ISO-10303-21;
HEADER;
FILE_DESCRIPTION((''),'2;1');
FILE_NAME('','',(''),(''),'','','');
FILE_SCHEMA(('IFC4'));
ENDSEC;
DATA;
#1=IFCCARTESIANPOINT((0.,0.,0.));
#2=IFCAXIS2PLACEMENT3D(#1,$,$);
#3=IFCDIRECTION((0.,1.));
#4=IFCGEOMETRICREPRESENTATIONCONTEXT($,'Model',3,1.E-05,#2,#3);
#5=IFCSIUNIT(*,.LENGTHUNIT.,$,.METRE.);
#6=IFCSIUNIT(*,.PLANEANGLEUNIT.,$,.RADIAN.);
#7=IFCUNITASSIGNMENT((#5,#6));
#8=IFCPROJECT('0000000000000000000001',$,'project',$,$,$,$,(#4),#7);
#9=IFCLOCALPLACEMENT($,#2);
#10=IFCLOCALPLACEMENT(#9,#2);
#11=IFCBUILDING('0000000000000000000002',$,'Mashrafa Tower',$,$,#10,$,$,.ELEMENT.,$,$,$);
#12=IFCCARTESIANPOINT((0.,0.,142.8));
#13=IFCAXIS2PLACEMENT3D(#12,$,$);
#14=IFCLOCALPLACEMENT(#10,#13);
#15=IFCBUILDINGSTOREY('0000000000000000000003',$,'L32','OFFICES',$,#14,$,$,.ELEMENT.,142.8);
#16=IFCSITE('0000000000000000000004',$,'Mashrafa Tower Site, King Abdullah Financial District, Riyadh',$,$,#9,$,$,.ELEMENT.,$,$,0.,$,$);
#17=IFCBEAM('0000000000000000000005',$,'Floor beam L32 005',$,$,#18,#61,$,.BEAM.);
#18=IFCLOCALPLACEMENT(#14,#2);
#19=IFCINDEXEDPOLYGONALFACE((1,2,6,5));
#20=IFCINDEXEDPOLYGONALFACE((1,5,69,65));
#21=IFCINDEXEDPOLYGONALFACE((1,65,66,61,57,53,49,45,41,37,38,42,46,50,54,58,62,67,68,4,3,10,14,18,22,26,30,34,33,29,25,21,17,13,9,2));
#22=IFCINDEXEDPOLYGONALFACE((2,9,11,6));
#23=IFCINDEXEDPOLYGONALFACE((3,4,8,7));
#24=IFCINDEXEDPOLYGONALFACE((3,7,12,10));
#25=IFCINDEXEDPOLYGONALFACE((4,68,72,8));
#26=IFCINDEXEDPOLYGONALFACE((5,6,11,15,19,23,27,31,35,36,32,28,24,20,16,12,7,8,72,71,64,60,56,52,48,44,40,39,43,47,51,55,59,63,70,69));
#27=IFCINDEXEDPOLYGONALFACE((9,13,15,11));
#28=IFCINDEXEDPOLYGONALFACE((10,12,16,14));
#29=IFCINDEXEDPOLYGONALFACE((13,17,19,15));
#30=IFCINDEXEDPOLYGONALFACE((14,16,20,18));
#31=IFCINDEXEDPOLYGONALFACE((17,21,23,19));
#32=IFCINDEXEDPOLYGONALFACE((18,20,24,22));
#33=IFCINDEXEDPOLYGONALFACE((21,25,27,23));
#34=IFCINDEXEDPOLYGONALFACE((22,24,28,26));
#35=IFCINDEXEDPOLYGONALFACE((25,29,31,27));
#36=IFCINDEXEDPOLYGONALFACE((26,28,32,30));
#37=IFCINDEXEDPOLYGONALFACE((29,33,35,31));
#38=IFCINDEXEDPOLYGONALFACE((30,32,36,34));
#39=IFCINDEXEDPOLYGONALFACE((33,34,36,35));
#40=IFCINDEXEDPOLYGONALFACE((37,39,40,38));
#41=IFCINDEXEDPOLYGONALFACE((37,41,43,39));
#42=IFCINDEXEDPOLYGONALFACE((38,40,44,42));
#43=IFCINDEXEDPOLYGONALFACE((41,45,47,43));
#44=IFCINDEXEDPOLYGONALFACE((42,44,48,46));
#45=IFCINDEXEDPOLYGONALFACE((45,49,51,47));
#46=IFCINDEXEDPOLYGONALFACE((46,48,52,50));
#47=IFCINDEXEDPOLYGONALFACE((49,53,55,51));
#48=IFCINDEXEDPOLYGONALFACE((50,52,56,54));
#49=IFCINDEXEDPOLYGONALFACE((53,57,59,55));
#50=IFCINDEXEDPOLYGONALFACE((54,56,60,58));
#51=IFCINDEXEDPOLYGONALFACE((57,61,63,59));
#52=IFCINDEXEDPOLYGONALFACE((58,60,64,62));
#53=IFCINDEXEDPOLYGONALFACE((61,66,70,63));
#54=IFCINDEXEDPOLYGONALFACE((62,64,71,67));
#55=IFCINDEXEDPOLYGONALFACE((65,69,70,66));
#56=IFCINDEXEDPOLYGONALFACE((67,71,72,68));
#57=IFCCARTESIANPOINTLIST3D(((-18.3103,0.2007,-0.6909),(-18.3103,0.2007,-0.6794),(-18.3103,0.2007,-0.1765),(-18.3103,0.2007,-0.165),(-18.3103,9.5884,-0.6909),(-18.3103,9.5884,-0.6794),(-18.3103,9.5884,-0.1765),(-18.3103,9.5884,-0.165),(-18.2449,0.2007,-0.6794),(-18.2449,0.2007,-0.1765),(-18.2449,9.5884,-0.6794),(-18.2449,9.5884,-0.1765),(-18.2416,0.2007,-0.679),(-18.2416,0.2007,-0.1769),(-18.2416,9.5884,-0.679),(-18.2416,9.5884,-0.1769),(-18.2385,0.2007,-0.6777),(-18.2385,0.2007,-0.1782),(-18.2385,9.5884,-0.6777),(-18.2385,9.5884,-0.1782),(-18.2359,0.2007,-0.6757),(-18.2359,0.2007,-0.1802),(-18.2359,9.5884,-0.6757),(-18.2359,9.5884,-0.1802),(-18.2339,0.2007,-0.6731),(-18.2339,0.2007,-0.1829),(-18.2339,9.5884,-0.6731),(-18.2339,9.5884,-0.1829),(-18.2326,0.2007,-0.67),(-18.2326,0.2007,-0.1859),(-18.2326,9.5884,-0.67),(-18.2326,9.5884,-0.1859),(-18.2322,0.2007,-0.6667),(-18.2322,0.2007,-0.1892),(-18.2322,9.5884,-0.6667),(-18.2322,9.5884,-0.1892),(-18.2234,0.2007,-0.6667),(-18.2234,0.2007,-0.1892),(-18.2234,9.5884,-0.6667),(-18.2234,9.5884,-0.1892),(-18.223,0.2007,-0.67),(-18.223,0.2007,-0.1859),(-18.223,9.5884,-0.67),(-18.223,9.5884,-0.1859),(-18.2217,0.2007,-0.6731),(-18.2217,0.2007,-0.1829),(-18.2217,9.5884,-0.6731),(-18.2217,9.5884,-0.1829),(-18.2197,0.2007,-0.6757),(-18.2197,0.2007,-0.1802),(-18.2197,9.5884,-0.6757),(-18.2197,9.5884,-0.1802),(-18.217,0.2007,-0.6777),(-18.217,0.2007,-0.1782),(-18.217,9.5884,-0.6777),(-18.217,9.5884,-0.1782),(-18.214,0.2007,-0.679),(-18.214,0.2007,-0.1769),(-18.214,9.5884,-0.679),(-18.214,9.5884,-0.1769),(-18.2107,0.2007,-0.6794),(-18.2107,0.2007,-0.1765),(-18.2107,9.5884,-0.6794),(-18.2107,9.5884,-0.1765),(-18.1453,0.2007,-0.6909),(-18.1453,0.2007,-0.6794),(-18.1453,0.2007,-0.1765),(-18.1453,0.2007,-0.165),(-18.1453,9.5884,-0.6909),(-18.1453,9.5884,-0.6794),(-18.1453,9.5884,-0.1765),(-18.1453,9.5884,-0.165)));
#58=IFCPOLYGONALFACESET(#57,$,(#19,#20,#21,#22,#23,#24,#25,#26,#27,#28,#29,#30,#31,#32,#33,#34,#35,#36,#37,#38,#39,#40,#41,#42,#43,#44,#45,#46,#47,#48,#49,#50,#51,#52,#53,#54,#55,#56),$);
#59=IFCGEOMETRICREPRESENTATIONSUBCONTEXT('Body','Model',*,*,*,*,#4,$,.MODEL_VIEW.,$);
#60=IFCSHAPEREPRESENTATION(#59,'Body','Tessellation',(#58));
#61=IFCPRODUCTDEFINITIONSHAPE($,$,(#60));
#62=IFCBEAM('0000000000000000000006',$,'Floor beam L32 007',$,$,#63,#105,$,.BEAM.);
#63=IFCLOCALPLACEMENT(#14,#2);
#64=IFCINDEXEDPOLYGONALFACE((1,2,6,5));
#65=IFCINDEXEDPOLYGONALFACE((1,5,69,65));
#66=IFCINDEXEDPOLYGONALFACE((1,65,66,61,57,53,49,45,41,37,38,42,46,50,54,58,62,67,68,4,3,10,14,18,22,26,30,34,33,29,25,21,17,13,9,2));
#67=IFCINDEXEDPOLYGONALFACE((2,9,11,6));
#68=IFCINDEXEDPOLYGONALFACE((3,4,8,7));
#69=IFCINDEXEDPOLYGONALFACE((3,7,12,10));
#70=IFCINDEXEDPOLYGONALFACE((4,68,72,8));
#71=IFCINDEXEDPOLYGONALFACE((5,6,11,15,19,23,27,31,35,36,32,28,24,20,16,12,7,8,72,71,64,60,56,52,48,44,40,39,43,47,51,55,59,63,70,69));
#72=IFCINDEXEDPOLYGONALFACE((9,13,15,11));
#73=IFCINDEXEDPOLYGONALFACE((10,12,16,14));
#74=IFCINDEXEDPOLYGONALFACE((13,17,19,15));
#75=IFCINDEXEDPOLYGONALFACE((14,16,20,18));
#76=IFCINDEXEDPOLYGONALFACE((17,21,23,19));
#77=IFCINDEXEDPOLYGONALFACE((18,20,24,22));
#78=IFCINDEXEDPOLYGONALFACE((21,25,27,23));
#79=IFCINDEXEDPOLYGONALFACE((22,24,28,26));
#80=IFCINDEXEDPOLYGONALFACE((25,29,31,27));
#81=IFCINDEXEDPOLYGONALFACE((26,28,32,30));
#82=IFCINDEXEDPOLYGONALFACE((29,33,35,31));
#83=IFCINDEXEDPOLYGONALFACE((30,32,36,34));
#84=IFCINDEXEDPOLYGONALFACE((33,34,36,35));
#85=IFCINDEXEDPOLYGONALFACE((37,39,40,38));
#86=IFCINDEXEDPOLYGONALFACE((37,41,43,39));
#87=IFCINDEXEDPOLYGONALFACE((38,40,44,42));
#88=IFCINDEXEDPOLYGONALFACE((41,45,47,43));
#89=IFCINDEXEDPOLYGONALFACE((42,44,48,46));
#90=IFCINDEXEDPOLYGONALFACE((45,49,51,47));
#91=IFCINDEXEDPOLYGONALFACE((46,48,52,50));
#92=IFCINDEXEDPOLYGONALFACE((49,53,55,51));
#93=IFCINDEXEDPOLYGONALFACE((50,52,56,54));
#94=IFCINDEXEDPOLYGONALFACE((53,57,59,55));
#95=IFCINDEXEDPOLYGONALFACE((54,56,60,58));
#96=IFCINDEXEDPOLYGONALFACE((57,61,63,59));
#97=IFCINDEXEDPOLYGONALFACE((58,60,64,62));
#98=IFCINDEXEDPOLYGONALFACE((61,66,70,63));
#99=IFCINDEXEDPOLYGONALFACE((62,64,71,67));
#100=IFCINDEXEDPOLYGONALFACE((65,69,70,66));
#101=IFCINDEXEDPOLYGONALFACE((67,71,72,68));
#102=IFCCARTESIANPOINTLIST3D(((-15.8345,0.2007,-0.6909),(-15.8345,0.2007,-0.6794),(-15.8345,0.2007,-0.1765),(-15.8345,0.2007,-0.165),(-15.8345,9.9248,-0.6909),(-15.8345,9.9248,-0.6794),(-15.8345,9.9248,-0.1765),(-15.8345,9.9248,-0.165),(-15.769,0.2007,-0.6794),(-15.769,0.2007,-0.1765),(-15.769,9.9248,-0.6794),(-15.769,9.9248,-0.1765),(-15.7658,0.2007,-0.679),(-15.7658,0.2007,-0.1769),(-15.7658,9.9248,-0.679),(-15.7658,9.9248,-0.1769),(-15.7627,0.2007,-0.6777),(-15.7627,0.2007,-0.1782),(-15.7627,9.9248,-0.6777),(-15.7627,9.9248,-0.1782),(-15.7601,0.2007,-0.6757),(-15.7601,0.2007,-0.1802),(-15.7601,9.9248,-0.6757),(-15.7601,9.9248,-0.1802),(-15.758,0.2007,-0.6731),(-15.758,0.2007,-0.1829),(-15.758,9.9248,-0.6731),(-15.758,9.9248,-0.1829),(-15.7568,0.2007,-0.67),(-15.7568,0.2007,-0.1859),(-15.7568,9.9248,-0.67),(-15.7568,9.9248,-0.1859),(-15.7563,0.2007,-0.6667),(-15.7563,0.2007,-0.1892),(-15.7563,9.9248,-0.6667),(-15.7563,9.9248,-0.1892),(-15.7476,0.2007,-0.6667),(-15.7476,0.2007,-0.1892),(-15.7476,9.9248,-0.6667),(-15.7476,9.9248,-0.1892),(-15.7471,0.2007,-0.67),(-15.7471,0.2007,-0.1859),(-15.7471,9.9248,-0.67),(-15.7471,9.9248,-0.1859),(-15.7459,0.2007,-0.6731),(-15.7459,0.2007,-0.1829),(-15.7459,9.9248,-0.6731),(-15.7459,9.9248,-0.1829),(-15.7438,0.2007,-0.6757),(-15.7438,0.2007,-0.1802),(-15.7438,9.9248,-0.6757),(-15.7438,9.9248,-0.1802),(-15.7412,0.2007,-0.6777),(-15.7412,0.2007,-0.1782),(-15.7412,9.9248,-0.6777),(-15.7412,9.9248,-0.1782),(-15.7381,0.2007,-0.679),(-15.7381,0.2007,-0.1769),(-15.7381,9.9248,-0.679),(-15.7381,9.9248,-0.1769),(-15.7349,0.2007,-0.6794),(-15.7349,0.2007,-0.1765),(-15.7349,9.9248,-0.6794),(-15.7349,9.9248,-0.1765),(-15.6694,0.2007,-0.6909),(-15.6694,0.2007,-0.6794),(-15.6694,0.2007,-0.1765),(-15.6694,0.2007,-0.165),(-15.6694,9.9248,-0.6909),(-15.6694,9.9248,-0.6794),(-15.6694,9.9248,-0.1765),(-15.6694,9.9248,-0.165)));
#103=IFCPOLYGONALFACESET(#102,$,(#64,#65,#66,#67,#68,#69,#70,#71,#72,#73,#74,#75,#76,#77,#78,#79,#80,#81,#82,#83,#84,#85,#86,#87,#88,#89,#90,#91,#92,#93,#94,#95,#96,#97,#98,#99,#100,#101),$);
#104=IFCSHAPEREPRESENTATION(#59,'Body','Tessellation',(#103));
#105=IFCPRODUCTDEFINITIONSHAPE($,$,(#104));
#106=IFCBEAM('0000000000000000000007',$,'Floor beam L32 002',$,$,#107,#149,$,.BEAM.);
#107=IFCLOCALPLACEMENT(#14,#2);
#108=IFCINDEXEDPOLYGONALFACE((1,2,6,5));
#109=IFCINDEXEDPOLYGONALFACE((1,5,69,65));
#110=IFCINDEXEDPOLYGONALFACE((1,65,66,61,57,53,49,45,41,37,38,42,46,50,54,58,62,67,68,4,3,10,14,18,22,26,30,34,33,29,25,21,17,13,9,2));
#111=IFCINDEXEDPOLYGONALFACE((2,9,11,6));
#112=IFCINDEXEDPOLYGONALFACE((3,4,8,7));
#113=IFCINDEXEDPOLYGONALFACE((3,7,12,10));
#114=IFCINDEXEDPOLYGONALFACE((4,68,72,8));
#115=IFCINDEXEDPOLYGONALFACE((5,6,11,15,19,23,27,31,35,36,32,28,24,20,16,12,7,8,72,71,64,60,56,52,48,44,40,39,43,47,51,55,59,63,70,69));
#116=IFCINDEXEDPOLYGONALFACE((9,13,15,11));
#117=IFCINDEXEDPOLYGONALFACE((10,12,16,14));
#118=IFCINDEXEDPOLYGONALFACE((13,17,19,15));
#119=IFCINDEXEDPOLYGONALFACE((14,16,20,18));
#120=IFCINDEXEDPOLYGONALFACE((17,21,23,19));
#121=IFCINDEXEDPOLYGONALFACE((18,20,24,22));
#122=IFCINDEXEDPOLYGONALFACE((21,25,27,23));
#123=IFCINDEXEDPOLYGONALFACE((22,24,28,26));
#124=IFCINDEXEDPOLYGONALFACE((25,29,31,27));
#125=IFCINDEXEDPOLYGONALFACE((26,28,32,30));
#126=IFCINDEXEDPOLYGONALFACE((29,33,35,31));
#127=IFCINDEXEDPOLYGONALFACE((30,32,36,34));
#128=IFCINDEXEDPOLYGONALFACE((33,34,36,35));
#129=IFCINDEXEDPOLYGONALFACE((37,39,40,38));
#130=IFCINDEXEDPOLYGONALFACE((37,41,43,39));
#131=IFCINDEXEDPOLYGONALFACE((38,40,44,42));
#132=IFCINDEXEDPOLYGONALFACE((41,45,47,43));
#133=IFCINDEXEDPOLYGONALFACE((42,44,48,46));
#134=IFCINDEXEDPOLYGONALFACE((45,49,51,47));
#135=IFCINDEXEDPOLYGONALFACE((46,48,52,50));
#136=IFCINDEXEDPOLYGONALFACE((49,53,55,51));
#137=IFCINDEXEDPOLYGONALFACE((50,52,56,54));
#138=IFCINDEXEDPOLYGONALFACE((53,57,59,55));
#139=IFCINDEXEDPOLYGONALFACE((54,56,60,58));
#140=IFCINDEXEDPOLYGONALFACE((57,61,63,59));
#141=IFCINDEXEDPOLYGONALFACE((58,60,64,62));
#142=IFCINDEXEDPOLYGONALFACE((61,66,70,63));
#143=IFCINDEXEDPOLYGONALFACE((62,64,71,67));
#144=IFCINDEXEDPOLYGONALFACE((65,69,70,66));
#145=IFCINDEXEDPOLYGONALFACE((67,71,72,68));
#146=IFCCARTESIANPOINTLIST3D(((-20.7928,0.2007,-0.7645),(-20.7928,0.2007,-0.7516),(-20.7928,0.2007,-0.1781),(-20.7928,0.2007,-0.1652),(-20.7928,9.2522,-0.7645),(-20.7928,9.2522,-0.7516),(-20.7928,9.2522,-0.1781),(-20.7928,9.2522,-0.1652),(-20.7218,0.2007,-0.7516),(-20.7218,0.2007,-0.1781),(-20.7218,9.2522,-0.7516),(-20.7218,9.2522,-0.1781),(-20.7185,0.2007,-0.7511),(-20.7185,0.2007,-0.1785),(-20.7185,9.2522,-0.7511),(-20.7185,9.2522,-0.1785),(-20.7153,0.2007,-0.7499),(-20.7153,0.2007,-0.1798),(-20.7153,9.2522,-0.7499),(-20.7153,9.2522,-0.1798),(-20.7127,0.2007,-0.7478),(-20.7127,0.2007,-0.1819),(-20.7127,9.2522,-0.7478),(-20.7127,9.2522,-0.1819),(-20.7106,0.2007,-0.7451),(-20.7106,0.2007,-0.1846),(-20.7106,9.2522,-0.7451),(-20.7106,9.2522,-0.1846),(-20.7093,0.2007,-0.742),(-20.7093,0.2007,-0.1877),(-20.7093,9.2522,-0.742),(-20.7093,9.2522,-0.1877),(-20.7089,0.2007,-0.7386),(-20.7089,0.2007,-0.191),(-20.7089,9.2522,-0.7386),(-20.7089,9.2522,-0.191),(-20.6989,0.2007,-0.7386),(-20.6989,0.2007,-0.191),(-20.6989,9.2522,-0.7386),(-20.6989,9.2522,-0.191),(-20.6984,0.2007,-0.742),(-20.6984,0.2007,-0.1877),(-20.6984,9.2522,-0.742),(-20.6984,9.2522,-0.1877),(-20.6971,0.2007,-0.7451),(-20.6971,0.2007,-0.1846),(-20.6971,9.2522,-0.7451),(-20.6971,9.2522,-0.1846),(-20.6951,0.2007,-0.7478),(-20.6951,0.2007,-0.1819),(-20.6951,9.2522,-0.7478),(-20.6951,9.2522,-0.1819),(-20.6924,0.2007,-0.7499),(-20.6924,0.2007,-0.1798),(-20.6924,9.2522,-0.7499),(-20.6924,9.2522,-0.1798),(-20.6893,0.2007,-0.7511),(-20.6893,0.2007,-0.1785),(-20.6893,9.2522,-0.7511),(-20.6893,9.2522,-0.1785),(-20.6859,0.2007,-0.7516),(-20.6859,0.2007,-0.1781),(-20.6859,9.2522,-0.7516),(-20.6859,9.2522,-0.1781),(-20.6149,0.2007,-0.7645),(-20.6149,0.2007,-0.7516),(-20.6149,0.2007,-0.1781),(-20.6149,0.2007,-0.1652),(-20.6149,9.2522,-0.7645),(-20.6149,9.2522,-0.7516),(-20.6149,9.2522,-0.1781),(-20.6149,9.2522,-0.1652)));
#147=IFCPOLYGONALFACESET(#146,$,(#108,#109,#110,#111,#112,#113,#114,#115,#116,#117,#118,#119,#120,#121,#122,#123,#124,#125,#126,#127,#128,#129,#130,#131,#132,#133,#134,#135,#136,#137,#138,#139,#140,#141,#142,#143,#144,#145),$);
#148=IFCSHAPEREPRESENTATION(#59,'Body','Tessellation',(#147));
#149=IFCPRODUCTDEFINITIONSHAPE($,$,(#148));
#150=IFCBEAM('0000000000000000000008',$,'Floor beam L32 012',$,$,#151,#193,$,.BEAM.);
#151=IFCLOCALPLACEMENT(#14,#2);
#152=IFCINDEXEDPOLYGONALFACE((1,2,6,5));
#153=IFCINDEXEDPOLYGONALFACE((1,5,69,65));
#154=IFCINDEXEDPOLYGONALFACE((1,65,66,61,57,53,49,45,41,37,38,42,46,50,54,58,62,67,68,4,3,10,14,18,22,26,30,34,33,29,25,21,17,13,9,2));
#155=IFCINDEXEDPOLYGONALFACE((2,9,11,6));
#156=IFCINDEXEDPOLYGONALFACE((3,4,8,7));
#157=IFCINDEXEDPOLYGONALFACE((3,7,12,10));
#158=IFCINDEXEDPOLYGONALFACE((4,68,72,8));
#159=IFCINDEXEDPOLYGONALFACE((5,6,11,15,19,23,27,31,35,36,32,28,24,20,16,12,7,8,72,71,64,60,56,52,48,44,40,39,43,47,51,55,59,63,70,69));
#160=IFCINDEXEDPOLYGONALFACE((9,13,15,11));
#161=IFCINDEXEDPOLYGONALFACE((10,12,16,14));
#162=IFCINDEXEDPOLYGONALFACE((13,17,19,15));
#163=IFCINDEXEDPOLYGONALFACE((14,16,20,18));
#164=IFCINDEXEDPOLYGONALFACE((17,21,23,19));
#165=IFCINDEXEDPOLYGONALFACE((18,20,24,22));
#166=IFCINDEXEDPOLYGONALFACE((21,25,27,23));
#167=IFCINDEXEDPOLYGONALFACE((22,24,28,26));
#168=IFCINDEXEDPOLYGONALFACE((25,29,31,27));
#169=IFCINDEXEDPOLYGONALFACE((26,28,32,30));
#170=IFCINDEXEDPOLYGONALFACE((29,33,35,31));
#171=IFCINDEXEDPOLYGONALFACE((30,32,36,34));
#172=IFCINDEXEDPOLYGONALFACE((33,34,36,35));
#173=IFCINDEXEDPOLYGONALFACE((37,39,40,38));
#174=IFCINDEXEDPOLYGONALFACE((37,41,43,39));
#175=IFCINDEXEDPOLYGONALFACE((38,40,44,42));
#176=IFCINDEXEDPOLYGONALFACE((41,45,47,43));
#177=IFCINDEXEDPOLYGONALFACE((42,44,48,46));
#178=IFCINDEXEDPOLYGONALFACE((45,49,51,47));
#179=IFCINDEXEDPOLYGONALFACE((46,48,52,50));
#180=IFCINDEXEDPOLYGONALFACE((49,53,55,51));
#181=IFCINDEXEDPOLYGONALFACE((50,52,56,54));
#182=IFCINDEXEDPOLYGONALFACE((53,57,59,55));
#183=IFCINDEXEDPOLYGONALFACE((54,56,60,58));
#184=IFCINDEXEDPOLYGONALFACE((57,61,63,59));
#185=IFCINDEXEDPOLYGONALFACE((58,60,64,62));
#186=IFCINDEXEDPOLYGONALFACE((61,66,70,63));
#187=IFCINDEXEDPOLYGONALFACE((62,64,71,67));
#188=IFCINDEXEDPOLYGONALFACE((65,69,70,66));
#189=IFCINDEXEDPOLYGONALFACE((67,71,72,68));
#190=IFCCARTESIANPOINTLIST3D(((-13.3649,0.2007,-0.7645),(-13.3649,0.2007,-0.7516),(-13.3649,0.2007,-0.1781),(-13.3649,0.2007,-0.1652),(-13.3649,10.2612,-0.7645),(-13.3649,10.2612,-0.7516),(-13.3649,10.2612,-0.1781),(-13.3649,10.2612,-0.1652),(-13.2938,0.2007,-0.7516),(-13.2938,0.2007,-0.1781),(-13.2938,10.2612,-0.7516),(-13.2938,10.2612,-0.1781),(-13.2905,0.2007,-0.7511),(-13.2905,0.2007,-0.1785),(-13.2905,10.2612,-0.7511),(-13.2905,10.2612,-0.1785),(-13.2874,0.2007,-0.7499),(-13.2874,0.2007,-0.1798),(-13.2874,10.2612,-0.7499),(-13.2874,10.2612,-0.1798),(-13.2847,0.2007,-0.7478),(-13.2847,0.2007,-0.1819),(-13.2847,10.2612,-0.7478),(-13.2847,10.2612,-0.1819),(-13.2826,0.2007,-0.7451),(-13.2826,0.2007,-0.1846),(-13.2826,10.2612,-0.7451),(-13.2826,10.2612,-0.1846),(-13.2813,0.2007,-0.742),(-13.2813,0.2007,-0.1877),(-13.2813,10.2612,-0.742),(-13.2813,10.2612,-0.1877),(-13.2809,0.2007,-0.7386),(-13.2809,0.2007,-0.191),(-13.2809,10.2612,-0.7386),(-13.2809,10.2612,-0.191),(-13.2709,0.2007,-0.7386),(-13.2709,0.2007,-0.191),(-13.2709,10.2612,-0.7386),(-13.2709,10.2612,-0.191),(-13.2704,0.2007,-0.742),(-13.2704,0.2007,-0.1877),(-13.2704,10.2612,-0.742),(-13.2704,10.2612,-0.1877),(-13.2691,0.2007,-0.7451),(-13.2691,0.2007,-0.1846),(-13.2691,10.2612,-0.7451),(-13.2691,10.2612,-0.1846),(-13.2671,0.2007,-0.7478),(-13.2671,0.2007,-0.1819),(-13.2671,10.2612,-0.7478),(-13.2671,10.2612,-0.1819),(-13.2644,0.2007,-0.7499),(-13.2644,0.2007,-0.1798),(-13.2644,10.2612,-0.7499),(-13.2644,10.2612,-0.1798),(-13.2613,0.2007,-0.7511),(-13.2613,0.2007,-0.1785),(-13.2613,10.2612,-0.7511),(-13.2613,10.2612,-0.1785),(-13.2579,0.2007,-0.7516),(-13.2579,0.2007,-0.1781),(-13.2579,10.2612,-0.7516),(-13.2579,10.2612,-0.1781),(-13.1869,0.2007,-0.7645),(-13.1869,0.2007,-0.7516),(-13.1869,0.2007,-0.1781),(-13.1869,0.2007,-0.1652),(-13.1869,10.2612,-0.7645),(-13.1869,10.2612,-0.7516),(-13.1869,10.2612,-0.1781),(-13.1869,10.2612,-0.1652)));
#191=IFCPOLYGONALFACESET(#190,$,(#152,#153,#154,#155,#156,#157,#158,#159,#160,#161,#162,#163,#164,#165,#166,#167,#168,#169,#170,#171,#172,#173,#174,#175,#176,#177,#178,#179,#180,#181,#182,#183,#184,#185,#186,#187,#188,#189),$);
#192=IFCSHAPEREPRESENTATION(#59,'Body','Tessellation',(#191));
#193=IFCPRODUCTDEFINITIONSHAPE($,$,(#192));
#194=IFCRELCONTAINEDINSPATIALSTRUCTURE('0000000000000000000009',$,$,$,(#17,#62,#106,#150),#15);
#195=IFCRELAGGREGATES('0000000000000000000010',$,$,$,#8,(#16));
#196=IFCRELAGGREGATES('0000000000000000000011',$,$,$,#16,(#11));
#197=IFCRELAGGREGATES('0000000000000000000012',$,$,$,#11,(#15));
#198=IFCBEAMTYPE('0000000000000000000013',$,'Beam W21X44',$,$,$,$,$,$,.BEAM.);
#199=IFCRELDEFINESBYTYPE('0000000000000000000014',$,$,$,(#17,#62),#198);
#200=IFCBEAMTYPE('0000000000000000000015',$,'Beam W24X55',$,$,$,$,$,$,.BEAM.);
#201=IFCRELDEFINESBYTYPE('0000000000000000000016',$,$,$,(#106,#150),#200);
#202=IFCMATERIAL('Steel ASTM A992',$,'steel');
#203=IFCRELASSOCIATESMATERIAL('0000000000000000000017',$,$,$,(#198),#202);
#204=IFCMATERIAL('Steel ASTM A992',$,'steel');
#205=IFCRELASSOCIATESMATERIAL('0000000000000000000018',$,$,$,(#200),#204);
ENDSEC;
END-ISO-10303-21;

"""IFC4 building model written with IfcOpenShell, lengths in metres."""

from ifc_helpers import new_model, si_unit, direction, frame, origin, origin_2d, place, context, subcontext, project, spatial, i_section, extrude, material, material_profile, profile_set, type_object, element, save


model = new_model("IFC4")

# Units and contexts
model_context = context("Model", 3, precision=1e-05, world=origin(), true_north=direction((0.0, 1.0)))
body_context = subcontext(model_context, "Body", "Model", "MODEL_VIEW")
ifc_project = project(units=[si_unit("LENGTHUNIT", "METRE"), si_unit("PLANEANGLEUNIT", "RADIAN")], contexts=[model_context])

# Site, building, storey
site_placement = place(None, origin())
site = spatial("IfcSite", under=ifc_project, at=site_placement, Name="Mashrafa Tower Site, King Abdullah Financial District, Riyadh", CompositionType="ELEMENT", RefElevation=0.0)
building_placement = place(site_placement, origin())
building = spatial("IfcBuilding", under=site, at=building_placement, Name="Mashrafa Tower", CompositionType="ELEMENT")
storey_placement = place(building_placement, frame((0.0, 0.0, 142.8)))
storey = spatial("IfcBuildingStorey", under=building, at=storey_placement, Name="L32", Description="OFFICES", CompositionType="ELEMENT", Elevation=142.8)

# Beams
ifc_material_1 = material(Name="Steel ASTM A992", Category="steel")
ifc_material_profile_1 = material_profile(ifc_material_1, i_section(OverallWidth=0.165, OverallDepth=0.5259, WebThickness=0.0088, FlangeThickness=0.0115, FilletRadius=0.0127, at=origin_2d()), Name="W21X44")
ifc_profile_set_1 = profile_set([ifc_material_profile_1], Name="Steel ASTM A992")
beam_type_1 = type_object("IfcBeamType", Name="Beam W21X44", PredefinedType="BEAM", material=ifc_profile_set_1)
beam_1_placement = place(storey_placement, frame((-18.2278, 0.2007, -0.428), z_axis=(0.0, 1.0, 0.0), x_axis=(-1.0, 0.0, 0.0)))
element("IfcBeam", 1, at=beam_1_placement, inside=storey, type_object=beam_type_1, Name="Floor beam L32 005", PredefinedType="BEAM", context=body_context, shape_type="SweptSolid", body=[
    extrude(i_section(OverallWidth=0.165, OverallDepth=0.5259, WebThickness=0.0088, FlangeThickness=0.0115, FilletRadius=0.0127, at=origin_2d()), origin(), (0.0, 0.0, 1.0), 9.3877),
])
beam_2_placement = place(storey_placement, frame((-15.752, 0.2007, -0.428), z_axis=(0.0, 1.0, 0.0), x_axis=(-1.0, 0.0, 0.0)))
element("IfcBeam", 2, at=beam_2_placement, inside=storey, type_object=beam_type_1, Name="Floor beam L32 007", PredefinedType="BEAM", context=body_context, shape_type="SweptSolid", body=[
    extrude(i_section(OverallWidth=0.165, OverallDepth=0.5259, WebThickness=0.0088, FlangeThickness=0.0115, FilletRadius=0.0127, at=origin_2d()), origin(), (0.0, 0.0, 1.0), 9.7241),
])
ifc_material_2 = material(Name="Steel ASTM A992", Category="steel")
ifc_material_profile_2 = material_profile(ifc_material_2, i_section(OverallWidth=0.178, OverallDepth=0.5994, WebThickness=0.01, FlangeThickness=0.0129, FilletRadius=0.0129, at=origin_2d()), Name="W24X55")
ifc_profile_set_2 = profile_set([ifc_material_profile_2], Name="Steel ASTM A992")
beam_type_2 = type_object("IfcBeamType", Name="Beam W24X55", PredefinedType="BEAM", material=ifc_profile_set_2)
beam_3_placement = place(storey_placement, frame((-20.7039, 0.2007, -0.4648), z_axis=(0.0, 1.0, 0.0), x_axis=(-1.0, 0.0, 0.0)))
element("IfcBeam", 3, at=beam_3_placement, inside=storey, type_object=beam_type_2, Name="Floor beam L32 002", PredefinedType="BEAM", context=body_context, shape_type="SweptSolid", body=[
    extrude(i_section(OverallWidth=0.178, OverallDepth=0.5994, WebThickness=0.01, FlangeThickness=0.0129, FilletRadius=0.0129, at=origin_2d()), origin(), (0.0, 0.0, 1.0), 9.0515),
])
beam_4_placement = place(storey_placement, frame((-13.2759, 0.2007, -0.4648), z_axis=(0.0, 1.0, 0.0), x_axis=(-1.0, 0.0, 0.0)))
element("IfcBeam", 4, at=beam_4_placement, inside=storey, type_object=beam_type_2, Name="Floor beam L32 012", PredefinedType="BEAM", context=body_context, shape_type="SweptSolid", body=[
    extrude(i_section(OverallWidth=0.178, OverallDepth=0.5994, WebThickness=0.01, FlangeThickness=0.0129, FilletRadius=0.0129, at=origin_2d()), origin(), (0.0, 0.0, 1.0), 10.0605),
])

save(model, "model.ifc")
